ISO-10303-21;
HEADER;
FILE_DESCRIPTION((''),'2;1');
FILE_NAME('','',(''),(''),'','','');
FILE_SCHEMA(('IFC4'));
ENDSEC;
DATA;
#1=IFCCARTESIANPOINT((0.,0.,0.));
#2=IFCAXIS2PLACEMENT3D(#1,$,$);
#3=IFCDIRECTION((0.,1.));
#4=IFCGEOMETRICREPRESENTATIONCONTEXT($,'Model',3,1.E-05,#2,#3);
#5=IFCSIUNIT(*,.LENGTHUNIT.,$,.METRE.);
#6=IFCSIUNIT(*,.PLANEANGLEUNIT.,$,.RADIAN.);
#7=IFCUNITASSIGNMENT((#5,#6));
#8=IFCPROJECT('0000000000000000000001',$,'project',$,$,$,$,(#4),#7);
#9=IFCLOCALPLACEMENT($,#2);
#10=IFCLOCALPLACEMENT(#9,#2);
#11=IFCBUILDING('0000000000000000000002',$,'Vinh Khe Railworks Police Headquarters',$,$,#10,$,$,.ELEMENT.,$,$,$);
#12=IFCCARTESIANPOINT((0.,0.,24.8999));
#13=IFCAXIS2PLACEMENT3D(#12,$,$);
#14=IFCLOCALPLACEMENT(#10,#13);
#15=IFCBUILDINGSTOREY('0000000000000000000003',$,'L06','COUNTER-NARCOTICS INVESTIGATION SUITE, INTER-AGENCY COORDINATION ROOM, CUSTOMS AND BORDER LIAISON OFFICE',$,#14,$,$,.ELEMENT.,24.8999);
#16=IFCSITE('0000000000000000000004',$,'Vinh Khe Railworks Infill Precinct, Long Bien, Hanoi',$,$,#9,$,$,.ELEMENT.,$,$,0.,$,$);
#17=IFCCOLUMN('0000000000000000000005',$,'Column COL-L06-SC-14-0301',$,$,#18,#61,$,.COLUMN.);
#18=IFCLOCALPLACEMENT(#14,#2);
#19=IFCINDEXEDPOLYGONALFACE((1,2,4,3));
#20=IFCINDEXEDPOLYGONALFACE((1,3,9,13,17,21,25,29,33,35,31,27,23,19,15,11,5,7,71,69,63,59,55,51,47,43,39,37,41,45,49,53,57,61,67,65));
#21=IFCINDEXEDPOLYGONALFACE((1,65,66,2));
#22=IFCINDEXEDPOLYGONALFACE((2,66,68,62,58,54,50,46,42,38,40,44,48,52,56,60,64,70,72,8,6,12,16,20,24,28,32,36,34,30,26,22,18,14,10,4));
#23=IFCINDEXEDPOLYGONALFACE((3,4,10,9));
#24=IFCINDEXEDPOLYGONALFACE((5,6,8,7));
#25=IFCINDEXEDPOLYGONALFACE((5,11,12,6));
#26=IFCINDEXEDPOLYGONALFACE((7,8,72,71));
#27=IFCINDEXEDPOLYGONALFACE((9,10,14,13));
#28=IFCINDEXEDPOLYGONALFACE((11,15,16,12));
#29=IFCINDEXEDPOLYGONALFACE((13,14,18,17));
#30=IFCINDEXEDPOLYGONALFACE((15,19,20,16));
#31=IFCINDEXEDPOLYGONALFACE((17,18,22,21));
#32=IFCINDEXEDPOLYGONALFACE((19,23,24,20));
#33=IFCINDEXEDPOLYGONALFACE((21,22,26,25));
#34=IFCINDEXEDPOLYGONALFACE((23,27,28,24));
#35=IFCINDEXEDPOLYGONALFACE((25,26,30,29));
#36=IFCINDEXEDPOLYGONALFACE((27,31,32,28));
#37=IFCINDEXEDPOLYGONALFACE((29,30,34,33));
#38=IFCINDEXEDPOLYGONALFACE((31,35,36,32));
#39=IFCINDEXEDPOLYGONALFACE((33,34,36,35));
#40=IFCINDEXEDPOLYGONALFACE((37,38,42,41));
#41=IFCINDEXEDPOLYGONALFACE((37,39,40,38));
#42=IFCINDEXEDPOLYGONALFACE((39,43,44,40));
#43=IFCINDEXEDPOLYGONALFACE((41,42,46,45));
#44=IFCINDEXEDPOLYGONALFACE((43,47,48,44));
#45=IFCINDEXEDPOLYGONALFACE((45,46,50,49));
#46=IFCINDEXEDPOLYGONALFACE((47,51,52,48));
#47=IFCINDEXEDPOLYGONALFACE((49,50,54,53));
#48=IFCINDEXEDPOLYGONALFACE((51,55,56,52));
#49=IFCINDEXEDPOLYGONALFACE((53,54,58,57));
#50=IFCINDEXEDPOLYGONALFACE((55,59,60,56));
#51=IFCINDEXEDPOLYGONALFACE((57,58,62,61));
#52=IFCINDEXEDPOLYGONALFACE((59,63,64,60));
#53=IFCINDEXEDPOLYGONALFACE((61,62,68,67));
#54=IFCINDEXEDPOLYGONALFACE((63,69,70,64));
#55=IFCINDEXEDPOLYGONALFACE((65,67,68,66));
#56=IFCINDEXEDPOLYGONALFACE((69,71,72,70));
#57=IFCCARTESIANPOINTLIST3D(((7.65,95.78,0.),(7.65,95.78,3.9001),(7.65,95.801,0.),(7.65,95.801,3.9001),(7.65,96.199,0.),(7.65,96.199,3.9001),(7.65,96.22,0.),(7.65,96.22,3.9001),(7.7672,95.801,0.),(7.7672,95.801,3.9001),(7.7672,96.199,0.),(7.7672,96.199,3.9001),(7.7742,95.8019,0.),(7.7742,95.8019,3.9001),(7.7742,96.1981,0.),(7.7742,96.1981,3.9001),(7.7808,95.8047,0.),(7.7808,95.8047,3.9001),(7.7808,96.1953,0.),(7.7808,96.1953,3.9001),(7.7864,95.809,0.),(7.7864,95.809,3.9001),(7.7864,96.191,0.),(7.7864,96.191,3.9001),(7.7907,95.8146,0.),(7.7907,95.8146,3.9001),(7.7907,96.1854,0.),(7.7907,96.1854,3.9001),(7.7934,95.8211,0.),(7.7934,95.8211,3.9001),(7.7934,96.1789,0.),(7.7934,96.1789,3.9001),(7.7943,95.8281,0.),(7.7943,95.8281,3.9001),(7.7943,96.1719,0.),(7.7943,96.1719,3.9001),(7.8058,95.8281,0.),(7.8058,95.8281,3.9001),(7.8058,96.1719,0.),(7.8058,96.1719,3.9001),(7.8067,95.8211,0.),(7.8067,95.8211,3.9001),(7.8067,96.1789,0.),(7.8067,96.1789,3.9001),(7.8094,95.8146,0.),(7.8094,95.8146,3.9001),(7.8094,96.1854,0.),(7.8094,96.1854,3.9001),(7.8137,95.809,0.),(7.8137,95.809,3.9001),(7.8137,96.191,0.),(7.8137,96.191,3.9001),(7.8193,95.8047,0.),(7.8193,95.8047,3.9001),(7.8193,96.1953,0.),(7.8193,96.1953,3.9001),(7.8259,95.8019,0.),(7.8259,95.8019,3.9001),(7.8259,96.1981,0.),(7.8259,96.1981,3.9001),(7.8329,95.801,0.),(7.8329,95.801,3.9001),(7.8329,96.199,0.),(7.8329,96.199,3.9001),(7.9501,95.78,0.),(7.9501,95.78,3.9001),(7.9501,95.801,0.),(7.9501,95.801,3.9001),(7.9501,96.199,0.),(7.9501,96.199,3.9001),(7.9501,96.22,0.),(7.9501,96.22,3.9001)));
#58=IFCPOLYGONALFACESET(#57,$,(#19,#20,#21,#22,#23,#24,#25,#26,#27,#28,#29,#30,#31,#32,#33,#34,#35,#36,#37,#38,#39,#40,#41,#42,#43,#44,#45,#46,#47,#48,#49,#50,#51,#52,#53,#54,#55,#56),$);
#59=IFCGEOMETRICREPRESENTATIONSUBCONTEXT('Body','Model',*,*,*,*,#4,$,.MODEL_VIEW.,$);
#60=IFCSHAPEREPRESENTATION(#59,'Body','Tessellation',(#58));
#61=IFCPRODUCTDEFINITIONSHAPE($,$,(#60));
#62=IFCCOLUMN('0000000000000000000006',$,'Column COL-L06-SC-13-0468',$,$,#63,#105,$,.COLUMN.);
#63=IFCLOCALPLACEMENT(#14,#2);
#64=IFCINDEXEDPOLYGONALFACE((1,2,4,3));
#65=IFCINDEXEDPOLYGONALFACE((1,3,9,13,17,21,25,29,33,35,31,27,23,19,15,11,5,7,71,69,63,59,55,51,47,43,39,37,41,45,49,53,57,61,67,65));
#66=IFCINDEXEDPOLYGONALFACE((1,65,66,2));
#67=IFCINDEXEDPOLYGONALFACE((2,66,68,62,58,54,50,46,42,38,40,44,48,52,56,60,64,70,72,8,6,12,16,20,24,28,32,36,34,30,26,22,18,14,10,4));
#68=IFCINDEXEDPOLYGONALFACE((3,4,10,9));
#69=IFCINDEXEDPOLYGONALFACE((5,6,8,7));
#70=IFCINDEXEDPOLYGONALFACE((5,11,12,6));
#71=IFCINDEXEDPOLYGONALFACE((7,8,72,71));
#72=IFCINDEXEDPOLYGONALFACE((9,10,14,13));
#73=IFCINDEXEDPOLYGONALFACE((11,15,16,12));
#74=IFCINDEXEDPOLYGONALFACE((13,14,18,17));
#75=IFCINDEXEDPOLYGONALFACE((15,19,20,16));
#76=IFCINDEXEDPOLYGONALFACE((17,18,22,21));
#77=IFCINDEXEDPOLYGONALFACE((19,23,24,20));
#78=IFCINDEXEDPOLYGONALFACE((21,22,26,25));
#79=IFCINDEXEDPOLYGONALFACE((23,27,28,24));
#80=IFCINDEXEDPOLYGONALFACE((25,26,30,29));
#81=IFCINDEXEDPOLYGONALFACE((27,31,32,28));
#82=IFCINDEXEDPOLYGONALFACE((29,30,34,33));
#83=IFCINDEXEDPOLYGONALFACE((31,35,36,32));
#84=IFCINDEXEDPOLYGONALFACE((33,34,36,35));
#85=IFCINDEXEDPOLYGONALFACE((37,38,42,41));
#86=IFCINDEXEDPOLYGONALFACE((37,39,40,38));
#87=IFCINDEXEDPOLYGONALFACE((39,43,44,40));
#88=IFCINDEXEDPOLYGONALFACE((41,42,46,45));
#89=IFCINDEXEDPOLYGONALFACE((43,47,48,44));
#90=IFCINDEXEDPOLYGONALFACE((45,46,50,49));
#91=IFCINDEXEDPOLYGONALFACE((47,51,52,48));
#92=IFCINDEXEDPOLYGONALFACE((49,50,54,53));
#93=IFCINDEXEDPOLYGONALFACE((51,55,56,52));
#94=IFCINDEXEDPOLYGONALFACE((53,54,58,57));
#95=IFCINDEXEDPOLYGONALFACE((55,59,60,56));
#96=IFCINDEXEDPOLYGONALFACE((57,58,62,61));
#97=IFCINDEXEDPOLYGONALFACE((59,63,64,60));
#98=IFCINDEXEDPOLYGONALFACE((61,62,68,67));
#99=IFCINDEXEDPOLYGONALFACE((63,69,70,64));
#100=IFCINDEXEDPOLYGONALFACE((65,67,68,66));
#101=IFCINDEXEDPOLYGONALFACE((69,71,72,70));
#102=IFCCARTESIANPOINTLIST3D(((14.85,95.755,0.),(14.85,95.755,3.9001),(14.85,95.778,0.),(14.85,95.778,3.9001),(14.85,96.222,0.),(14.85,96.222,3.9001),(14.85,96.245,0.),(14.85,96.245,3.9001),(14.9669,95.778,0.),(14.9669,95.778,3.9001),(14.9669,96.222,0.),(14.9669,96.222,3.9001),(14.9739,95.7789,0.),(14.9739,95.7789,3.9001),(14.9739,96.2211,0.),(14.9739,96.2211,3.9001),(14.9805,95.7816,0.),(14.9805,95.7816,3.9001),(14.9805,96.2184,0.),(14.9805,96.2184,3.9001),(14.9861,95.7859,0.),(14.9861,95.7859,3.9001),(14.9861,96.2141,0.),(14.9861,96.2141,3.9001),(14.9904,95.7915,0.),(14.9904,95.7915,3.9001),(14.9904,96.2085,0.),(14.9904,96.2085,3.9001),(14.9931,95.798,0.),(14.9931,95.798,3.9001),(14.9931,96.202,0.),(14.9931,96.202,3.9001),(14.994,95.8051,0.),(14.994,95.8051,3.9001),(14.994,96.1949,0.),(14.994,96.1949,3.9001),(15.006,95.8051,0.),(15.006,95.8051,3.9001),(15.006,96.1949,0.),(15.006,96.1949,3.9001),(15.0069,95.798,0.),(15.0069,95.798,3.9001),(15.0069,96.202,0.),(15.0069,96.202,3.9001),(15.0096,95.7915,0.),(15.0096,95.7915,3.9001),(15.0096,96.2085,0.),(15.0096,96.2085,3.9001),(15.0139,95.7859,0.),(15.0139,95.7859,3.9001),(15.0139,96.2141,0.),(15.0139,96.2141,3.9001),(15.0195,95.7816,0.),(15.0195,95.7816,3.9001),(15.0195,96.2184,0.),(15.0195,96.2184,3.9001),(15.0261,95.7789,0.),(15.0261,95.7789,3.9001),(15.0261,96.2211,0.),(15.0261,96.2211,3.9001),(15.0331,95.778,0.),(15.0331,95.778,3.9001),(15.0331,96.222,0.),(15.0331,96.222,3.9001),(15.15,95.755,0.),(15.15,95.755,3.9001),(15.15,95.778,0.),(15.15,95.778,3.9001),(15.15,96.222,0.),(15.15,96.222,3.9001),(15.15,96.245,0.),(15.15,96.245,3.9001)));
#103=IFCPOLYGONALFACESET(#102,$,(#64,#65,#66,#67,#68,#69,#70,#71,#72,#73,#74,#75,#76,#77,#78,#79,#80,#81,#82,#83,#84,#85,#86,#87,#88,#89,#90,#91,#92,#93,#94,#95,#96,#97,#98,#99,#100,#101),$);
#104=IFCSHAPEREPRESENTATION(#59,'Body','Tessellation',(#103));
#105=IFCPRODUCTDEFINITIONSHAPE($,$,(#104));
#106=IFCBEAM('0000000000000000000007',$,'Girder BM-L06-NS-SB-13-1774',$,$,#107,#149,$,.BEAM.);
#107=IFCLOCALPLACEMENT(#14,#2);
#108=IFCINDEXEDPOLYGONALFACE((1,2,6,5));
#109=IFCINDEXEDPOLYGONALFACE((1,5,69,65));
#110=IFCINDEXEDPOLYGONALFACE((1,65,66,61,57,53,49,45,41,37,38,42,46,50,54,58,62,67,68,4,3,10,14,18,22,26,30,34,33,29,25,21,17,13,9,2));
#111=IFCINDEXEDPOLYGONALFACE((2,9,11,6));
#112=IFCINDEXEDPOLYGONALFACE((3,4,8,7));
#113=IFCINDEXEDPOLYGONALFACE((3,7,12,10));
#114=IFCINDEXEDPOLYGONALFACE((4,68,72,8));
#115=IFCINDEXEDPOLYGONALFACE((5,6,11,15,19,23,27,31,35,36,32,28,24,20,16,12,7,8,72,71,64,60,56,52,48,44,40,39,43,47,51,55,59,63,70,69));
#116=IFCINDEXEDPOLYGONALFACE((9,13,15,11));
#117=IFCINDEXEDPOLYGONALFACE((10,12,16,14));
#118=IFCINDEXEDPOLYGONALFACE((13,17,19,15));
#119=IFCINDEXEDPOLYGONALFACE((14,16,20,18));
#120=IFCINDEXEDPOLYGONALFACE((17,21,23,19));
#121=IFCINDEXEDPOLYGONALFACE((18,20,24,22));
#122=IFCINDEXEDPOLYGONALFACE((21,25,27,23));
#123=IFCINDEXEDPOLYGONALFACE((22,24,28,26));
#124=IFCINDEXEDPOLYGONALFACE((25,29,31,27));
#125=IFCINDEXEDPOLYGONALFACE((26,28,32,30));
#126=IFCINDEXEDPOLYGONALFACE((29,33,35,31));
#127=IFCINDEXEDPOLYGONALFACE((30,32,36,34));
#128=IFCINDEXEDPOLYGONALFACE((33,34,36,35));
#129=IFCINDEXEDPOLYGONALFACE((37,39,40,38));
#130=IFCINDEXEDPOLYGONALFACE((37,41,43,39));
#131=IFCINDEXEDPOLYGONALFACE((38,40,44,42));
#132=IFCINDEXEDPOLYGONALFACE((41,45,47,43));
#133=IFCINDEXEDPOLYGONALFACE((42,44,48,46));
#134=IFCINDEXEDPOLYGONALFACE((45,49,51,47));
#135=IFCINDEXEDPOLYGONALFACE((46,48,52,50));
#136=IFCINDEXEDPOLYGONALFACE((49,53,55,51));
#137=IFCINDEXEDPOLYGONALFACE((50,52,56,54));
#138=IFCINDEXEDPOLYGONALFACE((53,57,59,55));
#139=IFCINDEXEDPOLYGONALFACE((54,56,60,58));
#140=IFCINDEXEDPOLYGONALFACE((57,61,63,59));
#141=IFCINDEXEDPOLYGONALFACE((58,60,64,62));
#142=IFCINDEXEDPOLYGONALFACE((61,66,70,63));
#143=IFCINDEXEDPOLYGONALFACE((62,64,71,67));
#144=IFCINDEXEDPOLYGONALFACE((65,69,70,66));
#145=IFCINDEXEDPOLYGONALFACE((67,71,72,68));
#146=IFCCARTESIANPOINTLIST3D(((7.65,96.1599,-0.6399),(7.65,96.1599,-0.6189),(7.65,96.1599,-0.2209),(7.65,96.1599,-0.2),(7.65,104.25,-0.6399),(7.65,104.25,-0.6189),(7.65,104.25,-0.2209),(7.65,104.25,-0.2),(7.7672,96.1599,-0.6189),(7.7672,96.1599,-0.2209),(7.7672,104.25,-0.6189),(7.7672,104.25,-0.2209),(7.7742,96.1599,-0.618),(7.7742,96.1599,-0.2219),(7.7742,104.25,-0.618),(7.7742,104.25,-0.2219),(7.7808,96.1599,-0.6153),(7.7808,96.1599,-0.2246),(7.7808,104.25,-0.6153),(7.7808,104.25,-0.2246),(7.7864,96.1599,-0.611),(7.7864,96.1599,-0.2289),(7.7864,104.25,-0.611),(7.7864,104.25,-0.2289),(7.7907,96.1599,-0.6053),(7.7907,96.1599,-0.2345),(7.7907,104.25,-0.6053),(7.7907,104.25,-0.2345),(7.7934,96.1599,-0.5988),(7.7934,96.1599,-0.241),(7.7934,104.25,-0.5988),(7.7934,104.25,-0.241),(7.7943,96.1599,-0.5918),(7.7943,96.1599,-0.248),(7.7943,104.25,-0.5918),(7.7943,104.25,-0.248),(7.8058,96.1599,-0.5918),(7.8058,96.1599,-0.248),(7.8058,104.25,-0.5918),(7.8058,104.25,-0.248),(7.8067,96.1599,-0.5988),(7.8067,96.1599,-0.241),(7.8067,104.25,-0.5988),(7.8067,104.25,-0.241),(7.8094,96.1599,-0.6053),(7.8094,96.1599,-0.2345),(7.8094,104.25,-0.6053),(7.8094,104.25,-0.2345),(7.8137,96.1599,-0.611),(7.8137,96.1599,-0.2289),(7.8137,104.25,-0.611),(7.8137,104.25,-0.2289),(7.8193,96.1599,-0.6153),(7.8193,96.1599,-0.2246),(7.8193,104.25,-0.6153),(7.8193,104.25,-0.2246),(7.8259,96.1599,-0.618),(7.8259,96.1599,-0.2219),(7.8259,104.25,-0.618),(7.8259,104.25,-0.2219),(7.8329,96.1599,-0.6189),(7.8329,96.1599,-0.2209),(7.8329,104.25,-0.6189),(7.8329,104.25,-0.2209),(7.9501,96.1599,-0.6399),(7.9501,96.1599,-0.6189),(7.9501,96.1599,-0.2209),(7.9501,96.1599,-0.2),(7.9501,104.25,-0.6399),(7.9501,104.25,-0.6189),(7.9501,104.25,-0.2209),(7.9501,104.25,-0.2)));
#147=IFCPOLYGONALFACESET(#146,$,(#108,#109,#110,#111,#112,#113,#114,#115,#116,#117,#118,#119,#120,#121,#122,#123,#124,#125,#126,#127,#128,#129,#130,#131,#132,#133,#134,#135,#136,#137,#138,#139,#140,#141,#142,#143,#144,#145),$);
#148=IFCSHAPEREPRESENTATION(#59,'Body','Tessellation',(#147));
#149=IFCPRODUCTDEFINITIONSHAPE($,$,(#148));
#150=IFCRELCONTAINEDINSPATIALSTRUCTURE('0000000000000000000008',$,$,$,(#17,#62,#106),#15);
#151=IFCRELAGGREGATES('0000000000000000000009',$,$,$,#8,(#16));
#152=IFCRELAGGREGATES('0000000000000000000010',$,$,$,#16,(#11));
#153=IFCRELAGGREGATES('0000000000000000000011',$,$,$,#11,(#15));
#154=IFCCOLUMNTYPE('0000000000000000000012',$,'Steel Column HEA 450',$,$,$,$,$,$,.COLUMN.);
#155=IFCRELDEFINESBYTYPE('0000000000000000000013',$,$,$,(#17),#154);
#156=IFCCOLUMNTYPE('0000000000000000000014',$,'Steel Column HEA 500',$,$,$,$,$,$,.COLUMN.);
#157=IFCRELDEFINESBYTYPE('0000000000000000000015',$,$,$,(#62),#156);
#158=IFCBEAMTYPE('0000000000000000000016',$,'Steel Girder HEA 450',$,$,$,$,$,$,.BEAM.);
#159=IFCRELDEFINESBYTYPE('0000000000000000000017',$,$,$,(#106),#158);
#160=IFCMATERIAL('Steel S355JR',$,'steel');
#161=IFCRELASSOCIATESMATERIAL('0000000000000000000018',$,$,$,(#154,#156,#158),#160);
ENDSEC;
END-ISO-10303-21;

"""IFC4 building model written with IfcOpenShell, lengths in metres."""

from ifc_helpers import new_model, si_unit, direction, frame, origin, origin_2d, place, context, subcontext, project, spatial, i_section, extrude, material, material_profile, profile_set, type_object, element, save


model = new_model("IFC4")

# Units and contexts
model_context = context("Model", 3, precision=1e-05, world=origin(), true_north=direction((0.0, 1.0)))
body_context = subcontext(model_context, "Body", "Model", "MODEL_VIEW")
ifc_project = project(units=[si_unit("LENGTHUNIT", "METRE"), si_unit("PLANEANGLEUNIT", "RADIAN")], contexts=[model_context])

# Site, building, storey
site_placement = place(None, origin())
site = spatial("IfcSite", under=ifc_project, at=site_placement, Name="Vinh Khe Railworks Infill Precinct, Long Bien, Hanoi", CompositionType="ELEMENT", RefElevation=0.0)
building_placement = place(site_placement, origin())
building = spatial("IfcBuilding", under=site, at=building_placement, Name="Vinh Khe Railworks Police Headquarters", CompositionType="ELEMENT")
storey_placement = place(building_placement, frame((0.0, 0.0, 24.8999)))
storey = spatial("IfcBuildingStorey", under=building, at=storey_placement, Name="L06", Description="COUNTER-NARCOTICS INVESTIGATION SUITE, INTER-AGENCY COORDINATION ROOM, CUSTOMS AND BORDER LIAISON OFFICE", CompositionType="ELEMENT", Elevation=24.8999)

# Columns
ifc_material_1 = material(Name="Steel S355JR", Category="steel")
ifc_material_profile_1 = material_profile(ifc_material_1, i_section(OverallWidth=0.3, OverallDepth=0.4399, WebThickness=0.0115, FlangeThickness=0.021, FilletRadius=0.0271, at=origin_2d()), Name="HEA 450")
ifc_profile_set_1 = profile_set([ifc_material_profile_1], Name="Steel S355JR")
column_type_1 = type_object("IfcColumnType", Name="Steel Column HEA 450", PredefinedType="COLUMN", material=ifc_profile_set_1)
column_1_placement = place(storey_placement, frame((7.8, 96.0, 0.0), z_axis=(0.0, 0.0, 1.0), x_axis=(1.0, 0.0, 0.0)))
element("IfcColumn", 1, at=column_1_placement, inside=storey, type_object=column_type_1, Name="Column COL-L06-SC-14-0301", PredefinedType="COLUMN", context=body_context, shape_type="SweptSolid", body=[
    extrude(i_section(OverallWidth=0.3, OverallDepth=0.4399, WebThickness=0.0115, FlangeThickness=0.021, FilletRadius=0.0271, at=origin_2d()), origin(), (0.0, 0.0, 1.0), 3.9001),
])
ifc_material_profile_2 = material_profile(ifc_material_1, i_section(OverallWidth=0.3, OverallDepth=0.49, WebThickness=0.012, FlangeThickness=0.0229, FilletRadius=0.0271, at=origin_2d()), Name="HEA 500")
ifc_profile_set_2 = profile_set([ifc_material_profile_2], Name="Steel S355JR")
column_type_2 = type_object("IfcColumnType", Name="Steel Column HEA 500", PredefinedType="COLUMN", material=ifc_profile_set_2)
column_2_placement = place(storey_placement, frame((15.0, 96.0, 0.0), z_axis=(0.0, 0.0, 1.0), x_axis=(1.0, 0.0, 0.0)))
element("IfcColumn", 2, at=column_2_placement, inside=storey, type_object=column_type_2, Name="Column COL-L06-SC-13-0468", PredefinedType="COLUMN", context=body_context, shape_type="SweptSolid", body=[
    extrude(i_section(OverallWidth=0.3, OverallDepth=0.49, WebThickness=0.012, FlangeThickness=0.0229, FilletRadius=0.0271, at=origin_2d()), origin(), (0.0, 0.0, 1.0), 3.9001),
])

# Beam
ifc_material_profile_3 = material_profile(ifc_material_1, i_section(OverallWidth=0.3, OverallDepth=0.4399, WebThickness=0.0115, FlangeThickness=0.021, FilletRadius=0.0271, at=origin_2d()), Name="HEA 450")
ifc_profile_set_3 = profile_set([ifc_material_profile_3], Name="Steel S355JR")
beam_type_1 = type_object("IfcBeamType", Name="Steel Girder HEA 450", PredefinedType="BEAM", material=ifc_profile_set_3)
beam_1_placement = place(storey_placement, frame((7.8, 96.1599, -0.4199), z_axis=(0.0, 1.0, 0.0), x_axis=(-1.0, 0.0, 0.0)))
element("IfcBeam", 3, at=beam_1_placement, inside=storey, type_object=beam_type_1, Name="Girder BM-L06-NS-SB-13-1774", PredefinedType="BEAM", context=body_context, shape_type="SweptSolid", body=[
    extrude(i_section(OverallWidth=0.3, OverallDepth=0.4399, WebThickness=0.0115, FlangeThickness=0.021, FilletRadius=0.0271, at=origin_2d()), origin(), (0.0, 0.0, 1.0), 8.0901),
])

save(model, "model.ifc")
